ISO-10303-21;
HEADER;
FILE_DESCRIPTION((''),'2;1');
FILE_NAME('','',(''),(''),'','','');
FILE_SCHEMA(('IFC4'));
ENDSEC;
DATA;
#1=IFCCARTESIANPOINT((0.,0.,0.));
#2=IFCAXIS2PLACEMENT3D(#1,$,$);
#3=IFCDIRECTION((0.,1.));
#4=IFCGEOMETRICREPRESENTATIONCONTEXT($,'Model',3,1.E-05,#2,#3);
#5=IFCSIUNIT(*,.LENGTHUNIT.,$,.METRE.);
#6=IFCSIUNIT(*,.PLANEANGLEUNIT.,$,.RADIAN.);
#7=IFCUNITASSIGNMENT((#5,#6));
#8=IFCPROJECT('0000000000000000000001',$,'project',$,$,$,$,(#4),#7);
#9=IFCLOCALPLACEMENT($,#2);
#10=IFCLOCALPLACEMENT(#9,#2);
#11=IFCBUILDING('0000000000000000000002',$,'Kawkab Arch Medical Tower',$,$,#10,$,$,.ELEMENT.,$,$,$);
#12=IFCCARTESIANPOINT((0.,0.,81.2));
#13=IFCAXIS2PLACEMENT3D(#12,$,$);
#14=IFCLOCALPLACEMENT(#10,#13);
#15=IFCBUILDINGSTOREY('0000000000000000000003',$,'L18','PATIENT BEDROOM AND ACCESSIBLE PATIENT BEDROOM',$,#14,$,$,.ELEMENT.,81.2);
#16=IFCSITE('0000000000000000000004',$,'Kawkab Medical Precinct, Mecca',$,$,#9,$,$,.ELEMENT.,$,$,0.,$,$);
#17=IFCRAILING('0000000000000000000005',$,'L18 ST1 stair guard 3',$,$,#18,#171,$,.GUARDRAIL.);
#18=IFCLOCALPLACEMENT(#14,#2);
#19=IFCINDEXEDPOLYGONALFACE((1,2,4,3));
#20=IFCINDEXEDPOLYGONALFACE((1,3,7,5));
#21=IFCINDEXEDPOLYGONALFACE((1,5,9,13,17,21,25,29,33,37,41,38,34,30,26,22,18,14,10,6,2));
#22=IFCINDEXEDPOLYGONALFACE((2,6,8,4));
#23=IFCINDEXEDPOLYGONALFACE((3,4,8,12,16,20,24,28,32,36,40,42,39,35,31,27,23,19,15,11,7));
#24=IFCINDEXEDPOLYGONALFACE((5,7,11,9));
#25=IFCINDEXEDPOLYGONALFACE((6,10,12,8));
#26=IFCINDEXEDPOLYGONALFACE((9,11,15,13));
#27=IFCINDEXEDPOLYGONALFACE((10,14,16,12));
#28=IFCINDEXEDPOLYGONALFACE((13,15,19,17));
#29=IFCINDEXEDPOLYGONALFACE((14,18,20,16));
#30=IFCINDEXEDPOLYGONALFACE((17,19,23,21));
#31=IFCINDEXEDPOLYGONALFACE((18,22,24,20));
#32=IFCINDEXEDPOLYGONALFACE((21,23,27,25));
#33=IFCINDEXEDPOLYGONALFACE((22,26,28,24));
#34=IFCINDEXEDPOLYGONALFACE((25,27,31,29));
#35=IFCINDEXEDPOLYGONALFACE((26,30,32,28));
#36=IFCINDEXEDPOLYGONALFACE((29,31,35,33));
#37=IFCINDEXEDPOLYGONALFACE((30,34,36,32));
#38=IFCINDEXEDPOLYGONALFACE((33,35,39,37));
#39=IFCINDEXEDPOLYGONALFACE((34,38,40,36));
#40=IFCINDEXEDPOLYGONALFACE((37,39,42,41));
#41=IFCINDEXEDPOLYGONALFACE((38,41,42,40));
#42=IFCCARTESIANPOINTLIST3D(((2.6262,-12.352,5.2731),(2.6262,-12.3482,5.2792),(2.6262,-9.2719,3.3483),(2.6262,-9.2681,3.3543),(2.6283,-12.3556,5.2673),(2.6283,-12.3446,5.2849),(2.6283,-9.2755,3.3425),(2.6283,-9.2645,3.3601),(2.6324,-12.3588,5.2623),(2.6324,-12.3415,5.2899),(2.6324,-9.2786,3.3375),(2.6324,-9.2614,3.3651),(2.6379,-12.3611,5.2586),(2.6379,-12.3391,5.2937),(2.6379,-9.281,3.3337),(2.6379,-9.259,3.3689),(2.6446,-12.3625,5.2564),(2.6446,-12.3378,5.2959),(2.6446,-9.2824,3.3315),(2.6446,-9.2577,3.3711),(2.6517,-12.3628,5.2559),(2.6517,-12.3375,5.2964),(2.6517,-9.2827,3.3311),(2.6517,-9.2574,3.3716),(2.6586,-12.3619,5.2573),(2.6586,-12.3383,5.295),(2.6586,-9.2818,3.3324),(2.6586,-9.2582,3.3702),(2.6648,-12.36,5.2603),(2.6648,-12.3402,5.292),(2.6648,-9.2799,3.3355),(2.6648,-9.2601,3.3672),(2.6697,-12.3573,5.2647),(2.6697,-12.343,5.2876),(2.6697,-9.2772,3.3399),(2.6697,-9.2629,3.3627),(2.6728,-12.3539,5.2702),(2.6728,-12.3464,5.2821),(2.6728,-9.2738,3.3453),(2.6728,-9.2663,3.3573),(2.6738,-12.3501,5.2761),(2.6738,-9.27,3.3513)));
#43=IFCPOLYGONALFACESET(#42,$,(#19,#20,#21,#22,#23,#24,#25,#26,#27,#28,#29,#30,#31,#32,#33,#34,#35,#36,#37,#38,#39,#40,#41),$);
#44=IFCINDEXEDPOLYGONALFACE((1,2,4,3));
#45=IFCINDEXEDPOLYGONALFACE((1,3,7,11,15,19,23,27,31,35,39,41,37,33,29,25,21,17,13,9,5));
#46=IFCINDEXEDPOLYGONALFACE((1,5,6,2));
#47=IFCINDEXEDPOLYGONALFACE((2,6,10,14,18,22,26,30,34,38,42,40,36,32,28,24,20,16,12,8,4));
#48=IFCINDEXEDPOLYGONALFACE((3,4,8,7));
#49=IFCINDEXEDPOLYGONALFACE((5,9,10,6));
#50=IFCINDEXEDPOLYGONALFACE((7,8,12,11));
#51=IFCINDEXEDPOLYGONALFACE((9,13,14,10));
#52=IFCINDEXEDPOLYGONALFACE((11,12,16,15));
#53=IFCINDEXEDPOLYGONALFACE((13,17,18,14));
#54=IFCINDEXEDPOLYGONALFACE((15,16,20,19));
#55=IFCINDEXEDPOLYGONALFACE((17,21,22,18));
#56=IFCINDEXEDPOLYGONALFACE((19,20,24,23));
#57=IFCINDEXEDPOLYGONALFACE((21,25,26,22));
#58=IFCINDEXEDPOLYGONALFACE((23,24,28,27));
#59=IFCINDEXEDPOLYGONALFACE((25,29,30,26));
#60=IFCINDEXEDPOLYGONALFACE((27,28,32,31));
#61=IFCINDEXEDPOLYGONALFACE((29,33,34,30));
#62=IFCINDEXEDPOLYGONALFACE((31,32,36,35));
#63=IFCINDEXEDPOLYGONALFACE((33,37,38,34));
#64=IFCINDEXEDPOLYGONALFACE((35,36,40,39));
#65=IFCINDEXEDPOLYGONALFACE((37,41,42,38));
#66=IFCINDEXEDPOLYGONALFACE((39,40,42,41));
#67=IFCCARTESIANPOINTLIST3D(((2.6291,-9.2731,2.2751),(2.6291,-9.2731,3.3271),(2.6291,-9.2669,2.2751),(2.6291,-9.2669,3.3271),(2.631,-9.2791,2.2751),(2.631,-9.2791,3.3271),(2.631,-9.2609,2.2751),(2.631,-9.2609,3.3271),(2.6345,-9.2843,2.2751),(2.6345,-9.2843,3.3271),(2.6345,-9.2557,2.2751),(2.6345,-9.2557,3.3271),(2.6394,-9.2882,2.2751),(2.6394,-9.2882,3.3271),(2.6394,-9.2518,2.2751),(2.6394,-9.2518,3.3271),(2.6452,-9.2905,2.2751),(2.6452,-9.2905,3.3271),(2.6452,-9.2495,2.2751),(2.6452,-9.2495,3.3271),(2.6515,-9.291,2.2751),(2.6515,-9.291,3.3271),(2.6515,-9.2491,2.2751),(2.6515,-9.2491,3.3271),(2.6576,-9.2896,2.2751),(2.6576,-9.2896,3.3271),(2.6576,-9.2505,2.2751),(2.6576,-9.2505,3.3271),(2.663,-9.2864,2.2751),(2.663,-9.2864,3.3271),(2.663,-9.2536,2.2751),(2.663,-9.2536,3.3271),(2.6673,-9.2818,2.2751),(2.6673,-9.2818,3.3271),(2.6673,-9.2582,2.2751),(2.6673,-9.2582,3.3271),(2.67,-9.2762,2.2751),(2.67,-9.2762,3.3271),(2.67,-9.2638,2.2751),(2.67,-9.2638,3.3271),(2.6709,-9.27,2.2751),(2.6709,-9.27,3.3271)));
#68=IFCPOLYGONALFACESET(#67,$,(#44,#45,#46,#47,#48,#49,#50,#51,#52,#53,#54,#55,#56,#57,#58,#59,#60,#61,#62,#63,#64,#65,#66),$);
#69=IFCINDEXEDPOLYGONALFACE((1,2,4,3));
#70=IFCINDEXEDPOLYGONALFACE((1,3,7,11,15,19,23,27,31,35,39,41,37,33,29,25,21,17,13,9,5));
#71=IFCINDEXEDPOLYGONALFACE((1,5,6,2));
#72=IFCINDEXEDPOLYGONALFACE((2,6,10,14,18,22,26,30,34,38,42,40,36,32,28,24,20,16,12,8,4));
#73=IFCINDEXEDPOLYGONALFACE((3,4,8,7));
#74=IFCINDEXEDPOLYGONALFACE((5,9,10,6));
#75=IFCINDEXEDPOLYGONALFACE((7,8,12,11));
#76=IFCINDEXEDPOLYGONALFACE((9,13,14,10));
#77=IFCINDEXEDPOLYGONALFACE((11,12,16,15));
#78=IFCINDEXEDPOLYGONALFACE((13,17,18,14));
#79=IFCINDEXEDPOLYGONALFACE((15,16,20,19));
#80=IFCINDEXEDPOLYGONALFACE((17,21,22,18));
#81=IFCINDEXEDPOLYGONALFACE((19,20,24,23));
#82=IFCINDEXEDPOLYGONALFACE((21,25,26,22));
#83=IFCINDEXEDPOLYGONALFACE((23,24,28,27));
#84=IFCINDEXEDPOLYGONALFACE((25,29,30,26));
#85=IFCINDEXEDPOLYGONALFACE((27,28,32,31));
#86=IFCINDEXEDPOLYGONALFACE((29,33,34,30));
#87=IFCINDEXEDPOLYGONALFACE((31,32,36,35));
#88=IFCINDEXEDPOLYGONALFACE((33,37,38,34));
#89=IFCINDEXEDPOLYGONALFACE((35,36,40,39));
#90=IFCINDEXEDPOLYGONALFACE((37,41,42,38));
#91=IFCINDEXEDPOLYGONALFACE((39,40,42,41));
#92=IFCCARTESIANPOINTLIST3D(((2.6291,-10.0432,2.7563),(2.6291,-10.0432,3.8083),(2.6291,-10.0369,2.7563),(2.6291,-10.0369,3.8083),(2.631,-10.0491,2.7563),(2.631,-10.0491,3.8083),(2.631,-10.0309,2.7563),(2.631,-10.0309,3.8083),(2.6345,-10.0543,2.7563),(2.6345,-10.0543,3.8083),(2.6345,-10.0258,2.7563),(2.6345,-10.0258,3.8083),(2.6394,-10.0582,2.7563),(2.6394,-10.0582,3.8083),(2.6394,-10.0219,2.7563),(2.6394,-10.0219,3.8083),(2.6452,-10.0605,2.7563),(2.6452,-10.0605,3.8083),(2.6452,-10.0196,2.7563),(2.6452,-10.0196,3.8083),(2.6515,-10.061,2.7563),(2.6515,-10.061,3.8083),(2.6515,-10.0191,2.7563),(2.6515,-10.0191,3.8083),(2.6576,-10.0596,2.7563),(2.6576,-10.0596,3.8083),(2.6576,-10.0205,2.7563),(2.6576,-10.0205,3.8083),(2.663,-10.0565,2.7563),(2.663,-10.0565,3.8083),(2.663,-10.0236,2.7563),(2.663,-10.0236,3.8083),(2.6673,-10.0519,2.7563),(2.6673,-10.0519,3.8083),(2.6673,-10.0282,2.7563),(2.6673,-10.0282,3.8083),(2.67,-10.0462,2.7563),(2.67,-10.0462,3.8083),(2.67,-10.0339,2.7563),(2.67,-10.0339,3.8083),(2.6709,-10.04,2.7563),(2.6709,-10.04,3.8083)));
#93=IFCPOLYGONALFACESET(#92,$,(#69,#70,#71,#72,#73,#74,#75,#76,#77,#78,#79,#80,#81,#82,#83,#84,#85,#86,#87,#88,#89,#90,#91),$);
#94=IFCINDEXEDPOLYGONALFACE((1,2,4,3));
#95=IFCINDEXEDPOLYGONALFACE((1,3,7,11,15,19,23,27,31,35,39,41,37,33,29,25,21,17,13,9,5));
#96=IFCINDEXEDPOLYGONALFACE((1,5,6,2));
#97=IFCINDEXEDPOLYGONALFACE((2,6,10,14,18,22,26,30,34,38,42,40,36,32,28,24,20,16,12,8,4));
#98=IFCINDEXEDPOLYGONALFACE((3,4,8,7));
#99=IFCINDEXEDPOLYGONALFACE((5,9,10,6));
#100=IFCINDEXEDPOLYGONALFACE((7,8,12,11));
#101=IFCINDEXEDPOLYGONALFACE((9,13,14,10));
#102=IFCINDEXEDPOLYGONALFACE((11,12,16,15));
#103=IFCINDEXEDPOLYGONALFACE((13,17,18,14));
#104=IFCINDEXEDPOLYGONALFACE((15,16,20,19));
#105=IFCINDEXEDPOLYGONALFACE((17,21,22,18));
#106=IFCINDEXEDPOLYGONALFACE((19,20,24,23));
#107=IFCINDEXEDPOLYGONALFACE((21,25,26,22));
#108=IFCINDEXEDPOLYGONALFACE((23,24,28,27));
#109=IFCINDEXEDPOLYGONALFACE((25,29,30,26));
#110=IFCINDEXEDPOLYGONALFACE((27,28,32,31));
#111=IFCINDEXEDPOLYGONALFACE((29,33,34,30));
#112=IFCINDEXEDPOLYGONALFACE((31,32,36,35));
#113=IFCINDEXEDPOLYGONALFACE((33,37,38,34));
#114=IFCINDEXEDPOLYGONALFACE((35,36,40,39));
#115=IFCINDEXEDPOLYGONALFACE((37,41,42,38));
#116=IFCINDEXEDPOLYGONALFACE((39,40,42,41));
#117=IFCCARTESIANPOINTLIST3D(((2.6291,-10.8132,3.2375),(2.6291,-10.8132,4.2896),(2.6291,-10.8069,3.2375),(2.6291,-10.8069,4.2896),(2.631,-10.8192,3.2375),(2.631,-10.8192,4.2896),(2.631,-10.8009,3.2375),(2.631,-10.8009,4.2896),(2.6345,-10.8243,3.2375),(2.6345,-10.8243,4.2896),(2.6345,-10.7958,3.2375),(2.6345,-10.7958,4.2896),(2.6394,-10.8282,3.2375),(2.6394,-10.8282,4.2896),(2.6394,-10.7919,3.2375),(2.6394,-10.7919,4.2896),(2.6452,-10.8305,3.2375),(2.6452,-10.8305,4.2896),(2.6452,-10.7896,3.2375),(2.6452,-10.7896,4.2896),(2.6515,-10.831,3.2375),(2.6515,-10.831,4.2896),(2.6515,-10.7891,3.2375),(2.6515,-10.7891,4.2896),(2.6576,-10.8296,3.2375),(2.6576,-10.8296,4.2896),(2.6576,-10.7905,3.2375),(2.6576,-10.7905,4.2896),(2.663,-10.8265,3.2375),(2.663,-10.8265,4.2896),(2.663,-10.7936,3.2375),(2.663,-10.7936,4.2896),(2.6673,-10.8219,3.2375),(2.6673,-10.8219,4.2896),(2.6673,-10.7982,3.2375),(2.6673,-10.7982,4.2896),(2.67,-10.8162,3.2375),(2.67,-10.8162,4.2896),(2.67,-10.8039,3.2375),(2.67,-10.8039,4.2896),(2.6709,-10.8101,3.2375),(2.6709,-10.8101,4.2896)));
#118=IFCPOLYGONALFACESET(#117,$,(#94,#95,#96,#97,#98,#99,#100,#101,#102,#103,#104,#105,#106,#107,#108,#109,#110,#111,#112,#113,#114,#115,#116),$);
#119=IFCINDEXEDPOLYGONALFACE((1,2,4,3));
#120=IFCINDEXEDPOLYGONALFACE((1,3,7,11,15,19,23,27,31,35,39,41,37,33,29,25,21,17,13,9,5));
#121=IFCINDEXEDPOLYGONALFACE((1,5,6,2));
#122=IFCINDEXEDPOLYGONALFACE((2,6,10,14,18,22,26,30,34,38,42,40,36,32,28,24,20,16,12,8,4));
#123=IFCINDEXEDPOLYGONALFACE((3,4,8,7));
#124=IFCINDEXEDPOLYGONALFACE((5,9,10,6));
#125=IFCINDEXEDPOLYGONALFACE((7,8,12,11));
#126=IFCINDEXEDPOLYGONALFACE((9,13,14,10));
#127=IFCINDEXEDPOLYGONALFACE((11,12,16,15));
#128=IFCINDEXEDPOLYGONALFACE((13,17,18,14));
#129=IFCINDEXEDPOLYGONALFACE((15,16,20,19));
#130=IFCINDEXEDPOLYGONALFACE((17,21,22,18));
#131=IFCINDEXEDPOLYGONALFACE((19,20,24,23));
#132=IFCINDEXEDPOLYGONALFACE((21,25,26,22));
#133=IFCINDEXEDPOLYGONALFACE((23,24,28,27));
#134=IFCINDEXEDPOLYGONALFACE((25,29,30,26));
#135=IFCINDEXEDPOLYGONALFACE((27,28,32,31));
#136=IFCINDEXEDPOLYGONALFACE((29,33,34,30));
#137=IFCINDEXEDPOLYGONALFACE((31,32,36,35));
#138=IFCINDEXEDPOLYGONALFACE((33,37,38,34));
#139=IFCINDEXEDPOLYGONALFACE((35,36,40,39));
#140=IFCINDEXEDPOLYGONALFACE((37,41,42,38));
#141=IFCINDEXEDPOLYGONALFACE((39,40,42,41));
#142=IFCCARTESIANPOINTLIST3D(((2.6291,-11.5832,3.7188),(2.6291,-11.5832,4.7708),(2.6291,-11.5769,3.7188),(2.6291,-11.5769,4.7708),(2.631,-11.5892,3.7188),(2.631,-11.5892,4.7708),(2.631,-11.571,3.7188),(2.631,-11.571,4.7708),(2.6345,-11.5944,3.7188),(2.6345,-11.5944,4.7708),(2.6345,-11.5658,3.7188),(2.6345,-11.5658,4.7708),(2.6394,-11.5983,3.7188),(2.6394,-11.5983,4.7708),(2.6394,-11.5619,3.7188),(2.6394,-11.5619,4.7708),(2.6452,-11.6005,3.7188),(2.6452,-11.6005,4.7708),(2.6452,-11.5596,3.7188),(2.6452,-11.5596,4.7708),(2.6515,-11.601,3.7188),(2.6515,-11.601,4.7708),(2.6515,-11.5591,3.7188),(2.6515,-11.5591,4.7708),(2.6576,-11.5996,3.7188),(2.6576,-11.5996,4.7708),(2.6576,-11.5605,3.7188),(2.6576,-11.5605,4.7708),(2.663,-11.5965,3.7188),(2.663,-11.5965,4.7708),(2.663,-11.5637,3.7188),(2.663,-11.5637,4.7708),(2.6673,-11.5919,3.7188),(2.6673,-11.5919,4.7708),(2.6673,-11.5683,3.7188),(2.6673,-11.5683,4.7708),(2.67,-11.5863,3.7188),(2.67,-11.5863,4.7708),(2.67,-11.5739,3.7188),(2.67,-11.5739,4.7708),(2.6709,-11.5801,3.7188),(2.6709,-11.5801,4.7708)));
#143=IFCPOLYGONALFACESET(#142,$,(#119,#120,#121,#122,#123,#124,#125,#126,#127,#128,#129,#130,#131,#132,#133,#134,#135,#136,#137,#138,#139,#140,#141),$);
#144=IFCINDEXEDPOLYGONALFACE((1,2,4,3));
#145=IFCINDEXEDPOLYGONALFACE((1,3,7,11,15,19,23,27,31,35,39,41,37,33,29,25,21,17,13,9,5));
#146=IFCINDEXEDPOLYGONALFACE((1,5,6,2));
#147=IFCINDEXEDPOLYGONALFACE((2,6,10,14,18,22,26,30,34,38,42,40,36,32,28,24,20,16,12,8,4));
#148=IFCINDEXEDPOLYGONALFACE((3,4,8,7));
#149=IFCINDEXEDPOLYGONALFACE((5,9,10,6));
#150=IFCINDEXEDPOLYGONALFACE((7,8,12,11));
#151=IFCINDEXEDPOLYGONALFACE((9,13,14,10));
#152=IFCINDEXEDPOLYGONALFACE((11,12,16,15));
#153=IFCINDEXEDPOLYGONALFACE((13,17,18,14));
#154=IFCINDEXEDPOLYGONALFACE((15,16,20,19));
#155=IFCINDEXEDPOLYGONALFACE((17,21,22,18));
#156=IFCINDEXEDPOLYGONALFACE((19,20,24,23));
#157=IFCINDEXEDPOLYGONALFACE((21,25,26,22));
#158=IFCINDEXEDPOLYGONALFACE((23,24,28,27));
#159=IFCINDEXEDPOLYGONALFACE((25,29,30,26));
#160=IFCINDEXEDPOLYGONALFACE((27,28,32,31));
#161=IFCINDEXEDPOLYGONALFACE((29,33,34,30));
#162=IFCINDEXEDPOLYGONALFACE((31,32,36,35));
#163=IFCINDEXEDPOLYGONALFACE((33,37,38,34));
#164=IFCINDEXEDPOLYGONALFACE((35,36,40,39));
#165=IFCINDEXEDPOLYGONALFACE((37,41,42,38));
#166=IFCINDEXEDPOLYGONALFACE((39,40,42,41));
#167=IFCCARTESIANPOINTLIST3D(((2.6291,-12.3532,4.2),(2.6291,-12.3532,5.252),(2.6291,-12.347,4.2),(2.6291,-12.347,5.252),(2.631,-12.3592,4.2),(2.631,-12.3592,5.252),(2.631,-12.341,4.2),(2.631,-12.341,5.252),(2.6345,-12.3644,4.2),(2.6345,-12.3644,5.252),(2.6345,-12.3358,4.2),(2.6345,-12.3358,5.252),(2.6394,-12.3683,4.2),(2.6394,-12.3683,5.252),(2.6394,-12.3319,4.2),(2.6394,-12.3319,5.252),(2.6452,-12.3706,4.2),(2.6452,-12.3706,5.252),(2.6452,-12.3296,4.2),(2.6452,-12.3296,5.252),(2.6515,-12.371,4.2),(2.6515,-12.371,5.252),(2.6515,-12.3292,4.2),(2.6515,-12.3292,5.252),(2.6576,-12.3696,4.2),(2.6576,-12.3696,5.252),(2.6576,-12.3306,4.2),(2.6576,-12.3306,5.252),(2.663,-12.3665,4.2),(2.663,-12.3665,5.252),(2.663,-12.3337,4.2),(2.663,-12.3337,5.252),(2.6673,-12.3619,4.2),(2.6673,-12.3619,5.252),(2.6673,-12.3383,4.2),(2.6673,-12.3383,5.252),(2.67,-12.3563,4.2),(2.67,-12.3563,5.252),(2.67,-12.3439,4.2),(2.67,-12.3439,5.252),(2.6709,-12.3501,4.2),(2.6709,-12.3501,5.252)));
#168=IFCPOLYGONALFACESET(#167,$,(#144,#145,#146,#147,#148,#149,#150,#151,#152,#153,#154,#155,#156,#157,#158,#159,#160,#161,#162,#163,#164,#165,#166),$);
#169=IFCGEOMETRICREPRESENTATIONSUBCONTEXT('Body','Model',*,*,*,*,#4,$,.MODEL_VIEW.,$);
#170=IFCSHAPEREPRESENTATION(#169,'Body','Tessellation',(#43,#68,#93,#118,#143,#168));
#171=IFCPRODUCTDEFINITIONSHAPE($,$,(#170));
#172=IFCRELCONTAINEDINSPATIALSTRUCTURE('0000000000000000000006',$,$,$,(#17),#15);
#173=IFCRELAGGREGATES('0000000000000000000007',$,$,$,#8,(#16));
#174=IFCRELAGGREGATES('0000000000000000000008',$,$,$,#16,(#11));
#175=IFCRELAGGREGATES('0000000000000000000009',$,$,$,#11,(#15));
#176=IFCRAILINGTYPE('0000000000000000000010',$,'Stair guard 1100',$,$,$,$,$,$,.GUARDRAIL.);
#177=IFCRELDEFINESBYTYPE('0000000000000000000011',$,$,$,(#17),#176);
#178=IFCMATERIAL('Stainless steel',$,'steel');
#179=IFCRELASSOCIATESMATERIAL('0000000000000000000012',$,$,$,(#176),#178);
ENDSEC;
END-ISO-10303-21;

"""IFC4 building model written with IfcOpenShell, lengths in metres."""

from ifc_helpers import new_model, si_unit, direction, frame, origin, origin_2d, place, context, subcontext, project, spatial, circle, extrude, material, type_object, element, save


model = new_model("IFC4")

# Units and contexts
model_context = context("Model", 3, precision=1e-05, world=origin(), true_north=direction((0.0, 1.0)))
body_context = subcontext(model_context, "Body", "Model", "MODEL_VIEW")
ifc_project = project(units=[si_unit("LENGTHUNIT", "METRE"), si_unit("PLANEANGLEUNIT", "RADIAN")], contexts=[model_context])

# Site, building, storey
site_placement = place(None, origin())
site = spatial("IfcSite", under=ifc_project, at=site_placement, Name="Kawkab Medical Precinct, Mecca", CompositionType="ELEMENT", RefElevation=0.0)
building_placement = place(site_placement, origin())
building = spatial("IfcBuilding", under=site, at=building_placement, Name="Kawkab Arch Medical Tower", CompositionType="ELEMENT")
storey_placement = place(building_placement, frame((0.0, 0.0, 81.2)))
storey = spatial("IfcBuildingStorey", under=building, at=storey_placement, Name="L18", Description="PATIENT BEDROOM AND ACCESSIBLE PATIENT BEDROOM", CompositionType="ELEMENT", Elevation=81.2)

# Railing
ifc_material_1 = material(Name="Stainless steel", Category="steel")
railing_type_1 = type_object("IfcRailingType", Name="Stair guard 1100", PredefinedType="GUARDRAIL", material=ifc_material_1)
railing_1_placement = place(storey_placement, frame((2.6499, -9.27, 2.2751)))
element("IfcRailing", 1, at=railing_1_placement, inside=storey, type_object=railing_type_1, Name="L18 ST1 stair guard 3", PredefinedType="GUARDRAIL", context=body_context, shape_type="SweptSolid", body=[
    extrude(circle(Radius=0.0239, at=origin_2d()), frame((0.0, 0.0, 1.0762), z_axis=(0.0, -0.848029, 0.529951), x_axis=(1.0, 0.0, 0.0)), (0.0, 0.0, 1.0), 3.6321),
    extrude(circle(Radius=0.021, at=origin_2d()), origin(), (0.0, 0.0, 1.0), 1.052),
    extrude(circle(Radius=0.021, at=origin_2d()), frame((0.0, -0.77, 0.4812)), (0.0, 0.0, 1.0), 1.052),
    extrude(circle(Radius=0.021, at=origin_2d()), frame((0.0, -1.54, 0.9624)), (0.0, 0.0, 1.0), 1.052),
    extrude(circle(Radius=0.021, at=origin_2d()), frame((0.0, -2.3101, 1.4436)), (0.0, 0.0, 1.0), 1.052),
    extrude(circle(Radius=0.021, at=origin_2d()), frame((0.0, -3.0801, 1.9248)), (0.0, 0.0, 1.0), 1.052),
])

save(model, "model.ifc")
